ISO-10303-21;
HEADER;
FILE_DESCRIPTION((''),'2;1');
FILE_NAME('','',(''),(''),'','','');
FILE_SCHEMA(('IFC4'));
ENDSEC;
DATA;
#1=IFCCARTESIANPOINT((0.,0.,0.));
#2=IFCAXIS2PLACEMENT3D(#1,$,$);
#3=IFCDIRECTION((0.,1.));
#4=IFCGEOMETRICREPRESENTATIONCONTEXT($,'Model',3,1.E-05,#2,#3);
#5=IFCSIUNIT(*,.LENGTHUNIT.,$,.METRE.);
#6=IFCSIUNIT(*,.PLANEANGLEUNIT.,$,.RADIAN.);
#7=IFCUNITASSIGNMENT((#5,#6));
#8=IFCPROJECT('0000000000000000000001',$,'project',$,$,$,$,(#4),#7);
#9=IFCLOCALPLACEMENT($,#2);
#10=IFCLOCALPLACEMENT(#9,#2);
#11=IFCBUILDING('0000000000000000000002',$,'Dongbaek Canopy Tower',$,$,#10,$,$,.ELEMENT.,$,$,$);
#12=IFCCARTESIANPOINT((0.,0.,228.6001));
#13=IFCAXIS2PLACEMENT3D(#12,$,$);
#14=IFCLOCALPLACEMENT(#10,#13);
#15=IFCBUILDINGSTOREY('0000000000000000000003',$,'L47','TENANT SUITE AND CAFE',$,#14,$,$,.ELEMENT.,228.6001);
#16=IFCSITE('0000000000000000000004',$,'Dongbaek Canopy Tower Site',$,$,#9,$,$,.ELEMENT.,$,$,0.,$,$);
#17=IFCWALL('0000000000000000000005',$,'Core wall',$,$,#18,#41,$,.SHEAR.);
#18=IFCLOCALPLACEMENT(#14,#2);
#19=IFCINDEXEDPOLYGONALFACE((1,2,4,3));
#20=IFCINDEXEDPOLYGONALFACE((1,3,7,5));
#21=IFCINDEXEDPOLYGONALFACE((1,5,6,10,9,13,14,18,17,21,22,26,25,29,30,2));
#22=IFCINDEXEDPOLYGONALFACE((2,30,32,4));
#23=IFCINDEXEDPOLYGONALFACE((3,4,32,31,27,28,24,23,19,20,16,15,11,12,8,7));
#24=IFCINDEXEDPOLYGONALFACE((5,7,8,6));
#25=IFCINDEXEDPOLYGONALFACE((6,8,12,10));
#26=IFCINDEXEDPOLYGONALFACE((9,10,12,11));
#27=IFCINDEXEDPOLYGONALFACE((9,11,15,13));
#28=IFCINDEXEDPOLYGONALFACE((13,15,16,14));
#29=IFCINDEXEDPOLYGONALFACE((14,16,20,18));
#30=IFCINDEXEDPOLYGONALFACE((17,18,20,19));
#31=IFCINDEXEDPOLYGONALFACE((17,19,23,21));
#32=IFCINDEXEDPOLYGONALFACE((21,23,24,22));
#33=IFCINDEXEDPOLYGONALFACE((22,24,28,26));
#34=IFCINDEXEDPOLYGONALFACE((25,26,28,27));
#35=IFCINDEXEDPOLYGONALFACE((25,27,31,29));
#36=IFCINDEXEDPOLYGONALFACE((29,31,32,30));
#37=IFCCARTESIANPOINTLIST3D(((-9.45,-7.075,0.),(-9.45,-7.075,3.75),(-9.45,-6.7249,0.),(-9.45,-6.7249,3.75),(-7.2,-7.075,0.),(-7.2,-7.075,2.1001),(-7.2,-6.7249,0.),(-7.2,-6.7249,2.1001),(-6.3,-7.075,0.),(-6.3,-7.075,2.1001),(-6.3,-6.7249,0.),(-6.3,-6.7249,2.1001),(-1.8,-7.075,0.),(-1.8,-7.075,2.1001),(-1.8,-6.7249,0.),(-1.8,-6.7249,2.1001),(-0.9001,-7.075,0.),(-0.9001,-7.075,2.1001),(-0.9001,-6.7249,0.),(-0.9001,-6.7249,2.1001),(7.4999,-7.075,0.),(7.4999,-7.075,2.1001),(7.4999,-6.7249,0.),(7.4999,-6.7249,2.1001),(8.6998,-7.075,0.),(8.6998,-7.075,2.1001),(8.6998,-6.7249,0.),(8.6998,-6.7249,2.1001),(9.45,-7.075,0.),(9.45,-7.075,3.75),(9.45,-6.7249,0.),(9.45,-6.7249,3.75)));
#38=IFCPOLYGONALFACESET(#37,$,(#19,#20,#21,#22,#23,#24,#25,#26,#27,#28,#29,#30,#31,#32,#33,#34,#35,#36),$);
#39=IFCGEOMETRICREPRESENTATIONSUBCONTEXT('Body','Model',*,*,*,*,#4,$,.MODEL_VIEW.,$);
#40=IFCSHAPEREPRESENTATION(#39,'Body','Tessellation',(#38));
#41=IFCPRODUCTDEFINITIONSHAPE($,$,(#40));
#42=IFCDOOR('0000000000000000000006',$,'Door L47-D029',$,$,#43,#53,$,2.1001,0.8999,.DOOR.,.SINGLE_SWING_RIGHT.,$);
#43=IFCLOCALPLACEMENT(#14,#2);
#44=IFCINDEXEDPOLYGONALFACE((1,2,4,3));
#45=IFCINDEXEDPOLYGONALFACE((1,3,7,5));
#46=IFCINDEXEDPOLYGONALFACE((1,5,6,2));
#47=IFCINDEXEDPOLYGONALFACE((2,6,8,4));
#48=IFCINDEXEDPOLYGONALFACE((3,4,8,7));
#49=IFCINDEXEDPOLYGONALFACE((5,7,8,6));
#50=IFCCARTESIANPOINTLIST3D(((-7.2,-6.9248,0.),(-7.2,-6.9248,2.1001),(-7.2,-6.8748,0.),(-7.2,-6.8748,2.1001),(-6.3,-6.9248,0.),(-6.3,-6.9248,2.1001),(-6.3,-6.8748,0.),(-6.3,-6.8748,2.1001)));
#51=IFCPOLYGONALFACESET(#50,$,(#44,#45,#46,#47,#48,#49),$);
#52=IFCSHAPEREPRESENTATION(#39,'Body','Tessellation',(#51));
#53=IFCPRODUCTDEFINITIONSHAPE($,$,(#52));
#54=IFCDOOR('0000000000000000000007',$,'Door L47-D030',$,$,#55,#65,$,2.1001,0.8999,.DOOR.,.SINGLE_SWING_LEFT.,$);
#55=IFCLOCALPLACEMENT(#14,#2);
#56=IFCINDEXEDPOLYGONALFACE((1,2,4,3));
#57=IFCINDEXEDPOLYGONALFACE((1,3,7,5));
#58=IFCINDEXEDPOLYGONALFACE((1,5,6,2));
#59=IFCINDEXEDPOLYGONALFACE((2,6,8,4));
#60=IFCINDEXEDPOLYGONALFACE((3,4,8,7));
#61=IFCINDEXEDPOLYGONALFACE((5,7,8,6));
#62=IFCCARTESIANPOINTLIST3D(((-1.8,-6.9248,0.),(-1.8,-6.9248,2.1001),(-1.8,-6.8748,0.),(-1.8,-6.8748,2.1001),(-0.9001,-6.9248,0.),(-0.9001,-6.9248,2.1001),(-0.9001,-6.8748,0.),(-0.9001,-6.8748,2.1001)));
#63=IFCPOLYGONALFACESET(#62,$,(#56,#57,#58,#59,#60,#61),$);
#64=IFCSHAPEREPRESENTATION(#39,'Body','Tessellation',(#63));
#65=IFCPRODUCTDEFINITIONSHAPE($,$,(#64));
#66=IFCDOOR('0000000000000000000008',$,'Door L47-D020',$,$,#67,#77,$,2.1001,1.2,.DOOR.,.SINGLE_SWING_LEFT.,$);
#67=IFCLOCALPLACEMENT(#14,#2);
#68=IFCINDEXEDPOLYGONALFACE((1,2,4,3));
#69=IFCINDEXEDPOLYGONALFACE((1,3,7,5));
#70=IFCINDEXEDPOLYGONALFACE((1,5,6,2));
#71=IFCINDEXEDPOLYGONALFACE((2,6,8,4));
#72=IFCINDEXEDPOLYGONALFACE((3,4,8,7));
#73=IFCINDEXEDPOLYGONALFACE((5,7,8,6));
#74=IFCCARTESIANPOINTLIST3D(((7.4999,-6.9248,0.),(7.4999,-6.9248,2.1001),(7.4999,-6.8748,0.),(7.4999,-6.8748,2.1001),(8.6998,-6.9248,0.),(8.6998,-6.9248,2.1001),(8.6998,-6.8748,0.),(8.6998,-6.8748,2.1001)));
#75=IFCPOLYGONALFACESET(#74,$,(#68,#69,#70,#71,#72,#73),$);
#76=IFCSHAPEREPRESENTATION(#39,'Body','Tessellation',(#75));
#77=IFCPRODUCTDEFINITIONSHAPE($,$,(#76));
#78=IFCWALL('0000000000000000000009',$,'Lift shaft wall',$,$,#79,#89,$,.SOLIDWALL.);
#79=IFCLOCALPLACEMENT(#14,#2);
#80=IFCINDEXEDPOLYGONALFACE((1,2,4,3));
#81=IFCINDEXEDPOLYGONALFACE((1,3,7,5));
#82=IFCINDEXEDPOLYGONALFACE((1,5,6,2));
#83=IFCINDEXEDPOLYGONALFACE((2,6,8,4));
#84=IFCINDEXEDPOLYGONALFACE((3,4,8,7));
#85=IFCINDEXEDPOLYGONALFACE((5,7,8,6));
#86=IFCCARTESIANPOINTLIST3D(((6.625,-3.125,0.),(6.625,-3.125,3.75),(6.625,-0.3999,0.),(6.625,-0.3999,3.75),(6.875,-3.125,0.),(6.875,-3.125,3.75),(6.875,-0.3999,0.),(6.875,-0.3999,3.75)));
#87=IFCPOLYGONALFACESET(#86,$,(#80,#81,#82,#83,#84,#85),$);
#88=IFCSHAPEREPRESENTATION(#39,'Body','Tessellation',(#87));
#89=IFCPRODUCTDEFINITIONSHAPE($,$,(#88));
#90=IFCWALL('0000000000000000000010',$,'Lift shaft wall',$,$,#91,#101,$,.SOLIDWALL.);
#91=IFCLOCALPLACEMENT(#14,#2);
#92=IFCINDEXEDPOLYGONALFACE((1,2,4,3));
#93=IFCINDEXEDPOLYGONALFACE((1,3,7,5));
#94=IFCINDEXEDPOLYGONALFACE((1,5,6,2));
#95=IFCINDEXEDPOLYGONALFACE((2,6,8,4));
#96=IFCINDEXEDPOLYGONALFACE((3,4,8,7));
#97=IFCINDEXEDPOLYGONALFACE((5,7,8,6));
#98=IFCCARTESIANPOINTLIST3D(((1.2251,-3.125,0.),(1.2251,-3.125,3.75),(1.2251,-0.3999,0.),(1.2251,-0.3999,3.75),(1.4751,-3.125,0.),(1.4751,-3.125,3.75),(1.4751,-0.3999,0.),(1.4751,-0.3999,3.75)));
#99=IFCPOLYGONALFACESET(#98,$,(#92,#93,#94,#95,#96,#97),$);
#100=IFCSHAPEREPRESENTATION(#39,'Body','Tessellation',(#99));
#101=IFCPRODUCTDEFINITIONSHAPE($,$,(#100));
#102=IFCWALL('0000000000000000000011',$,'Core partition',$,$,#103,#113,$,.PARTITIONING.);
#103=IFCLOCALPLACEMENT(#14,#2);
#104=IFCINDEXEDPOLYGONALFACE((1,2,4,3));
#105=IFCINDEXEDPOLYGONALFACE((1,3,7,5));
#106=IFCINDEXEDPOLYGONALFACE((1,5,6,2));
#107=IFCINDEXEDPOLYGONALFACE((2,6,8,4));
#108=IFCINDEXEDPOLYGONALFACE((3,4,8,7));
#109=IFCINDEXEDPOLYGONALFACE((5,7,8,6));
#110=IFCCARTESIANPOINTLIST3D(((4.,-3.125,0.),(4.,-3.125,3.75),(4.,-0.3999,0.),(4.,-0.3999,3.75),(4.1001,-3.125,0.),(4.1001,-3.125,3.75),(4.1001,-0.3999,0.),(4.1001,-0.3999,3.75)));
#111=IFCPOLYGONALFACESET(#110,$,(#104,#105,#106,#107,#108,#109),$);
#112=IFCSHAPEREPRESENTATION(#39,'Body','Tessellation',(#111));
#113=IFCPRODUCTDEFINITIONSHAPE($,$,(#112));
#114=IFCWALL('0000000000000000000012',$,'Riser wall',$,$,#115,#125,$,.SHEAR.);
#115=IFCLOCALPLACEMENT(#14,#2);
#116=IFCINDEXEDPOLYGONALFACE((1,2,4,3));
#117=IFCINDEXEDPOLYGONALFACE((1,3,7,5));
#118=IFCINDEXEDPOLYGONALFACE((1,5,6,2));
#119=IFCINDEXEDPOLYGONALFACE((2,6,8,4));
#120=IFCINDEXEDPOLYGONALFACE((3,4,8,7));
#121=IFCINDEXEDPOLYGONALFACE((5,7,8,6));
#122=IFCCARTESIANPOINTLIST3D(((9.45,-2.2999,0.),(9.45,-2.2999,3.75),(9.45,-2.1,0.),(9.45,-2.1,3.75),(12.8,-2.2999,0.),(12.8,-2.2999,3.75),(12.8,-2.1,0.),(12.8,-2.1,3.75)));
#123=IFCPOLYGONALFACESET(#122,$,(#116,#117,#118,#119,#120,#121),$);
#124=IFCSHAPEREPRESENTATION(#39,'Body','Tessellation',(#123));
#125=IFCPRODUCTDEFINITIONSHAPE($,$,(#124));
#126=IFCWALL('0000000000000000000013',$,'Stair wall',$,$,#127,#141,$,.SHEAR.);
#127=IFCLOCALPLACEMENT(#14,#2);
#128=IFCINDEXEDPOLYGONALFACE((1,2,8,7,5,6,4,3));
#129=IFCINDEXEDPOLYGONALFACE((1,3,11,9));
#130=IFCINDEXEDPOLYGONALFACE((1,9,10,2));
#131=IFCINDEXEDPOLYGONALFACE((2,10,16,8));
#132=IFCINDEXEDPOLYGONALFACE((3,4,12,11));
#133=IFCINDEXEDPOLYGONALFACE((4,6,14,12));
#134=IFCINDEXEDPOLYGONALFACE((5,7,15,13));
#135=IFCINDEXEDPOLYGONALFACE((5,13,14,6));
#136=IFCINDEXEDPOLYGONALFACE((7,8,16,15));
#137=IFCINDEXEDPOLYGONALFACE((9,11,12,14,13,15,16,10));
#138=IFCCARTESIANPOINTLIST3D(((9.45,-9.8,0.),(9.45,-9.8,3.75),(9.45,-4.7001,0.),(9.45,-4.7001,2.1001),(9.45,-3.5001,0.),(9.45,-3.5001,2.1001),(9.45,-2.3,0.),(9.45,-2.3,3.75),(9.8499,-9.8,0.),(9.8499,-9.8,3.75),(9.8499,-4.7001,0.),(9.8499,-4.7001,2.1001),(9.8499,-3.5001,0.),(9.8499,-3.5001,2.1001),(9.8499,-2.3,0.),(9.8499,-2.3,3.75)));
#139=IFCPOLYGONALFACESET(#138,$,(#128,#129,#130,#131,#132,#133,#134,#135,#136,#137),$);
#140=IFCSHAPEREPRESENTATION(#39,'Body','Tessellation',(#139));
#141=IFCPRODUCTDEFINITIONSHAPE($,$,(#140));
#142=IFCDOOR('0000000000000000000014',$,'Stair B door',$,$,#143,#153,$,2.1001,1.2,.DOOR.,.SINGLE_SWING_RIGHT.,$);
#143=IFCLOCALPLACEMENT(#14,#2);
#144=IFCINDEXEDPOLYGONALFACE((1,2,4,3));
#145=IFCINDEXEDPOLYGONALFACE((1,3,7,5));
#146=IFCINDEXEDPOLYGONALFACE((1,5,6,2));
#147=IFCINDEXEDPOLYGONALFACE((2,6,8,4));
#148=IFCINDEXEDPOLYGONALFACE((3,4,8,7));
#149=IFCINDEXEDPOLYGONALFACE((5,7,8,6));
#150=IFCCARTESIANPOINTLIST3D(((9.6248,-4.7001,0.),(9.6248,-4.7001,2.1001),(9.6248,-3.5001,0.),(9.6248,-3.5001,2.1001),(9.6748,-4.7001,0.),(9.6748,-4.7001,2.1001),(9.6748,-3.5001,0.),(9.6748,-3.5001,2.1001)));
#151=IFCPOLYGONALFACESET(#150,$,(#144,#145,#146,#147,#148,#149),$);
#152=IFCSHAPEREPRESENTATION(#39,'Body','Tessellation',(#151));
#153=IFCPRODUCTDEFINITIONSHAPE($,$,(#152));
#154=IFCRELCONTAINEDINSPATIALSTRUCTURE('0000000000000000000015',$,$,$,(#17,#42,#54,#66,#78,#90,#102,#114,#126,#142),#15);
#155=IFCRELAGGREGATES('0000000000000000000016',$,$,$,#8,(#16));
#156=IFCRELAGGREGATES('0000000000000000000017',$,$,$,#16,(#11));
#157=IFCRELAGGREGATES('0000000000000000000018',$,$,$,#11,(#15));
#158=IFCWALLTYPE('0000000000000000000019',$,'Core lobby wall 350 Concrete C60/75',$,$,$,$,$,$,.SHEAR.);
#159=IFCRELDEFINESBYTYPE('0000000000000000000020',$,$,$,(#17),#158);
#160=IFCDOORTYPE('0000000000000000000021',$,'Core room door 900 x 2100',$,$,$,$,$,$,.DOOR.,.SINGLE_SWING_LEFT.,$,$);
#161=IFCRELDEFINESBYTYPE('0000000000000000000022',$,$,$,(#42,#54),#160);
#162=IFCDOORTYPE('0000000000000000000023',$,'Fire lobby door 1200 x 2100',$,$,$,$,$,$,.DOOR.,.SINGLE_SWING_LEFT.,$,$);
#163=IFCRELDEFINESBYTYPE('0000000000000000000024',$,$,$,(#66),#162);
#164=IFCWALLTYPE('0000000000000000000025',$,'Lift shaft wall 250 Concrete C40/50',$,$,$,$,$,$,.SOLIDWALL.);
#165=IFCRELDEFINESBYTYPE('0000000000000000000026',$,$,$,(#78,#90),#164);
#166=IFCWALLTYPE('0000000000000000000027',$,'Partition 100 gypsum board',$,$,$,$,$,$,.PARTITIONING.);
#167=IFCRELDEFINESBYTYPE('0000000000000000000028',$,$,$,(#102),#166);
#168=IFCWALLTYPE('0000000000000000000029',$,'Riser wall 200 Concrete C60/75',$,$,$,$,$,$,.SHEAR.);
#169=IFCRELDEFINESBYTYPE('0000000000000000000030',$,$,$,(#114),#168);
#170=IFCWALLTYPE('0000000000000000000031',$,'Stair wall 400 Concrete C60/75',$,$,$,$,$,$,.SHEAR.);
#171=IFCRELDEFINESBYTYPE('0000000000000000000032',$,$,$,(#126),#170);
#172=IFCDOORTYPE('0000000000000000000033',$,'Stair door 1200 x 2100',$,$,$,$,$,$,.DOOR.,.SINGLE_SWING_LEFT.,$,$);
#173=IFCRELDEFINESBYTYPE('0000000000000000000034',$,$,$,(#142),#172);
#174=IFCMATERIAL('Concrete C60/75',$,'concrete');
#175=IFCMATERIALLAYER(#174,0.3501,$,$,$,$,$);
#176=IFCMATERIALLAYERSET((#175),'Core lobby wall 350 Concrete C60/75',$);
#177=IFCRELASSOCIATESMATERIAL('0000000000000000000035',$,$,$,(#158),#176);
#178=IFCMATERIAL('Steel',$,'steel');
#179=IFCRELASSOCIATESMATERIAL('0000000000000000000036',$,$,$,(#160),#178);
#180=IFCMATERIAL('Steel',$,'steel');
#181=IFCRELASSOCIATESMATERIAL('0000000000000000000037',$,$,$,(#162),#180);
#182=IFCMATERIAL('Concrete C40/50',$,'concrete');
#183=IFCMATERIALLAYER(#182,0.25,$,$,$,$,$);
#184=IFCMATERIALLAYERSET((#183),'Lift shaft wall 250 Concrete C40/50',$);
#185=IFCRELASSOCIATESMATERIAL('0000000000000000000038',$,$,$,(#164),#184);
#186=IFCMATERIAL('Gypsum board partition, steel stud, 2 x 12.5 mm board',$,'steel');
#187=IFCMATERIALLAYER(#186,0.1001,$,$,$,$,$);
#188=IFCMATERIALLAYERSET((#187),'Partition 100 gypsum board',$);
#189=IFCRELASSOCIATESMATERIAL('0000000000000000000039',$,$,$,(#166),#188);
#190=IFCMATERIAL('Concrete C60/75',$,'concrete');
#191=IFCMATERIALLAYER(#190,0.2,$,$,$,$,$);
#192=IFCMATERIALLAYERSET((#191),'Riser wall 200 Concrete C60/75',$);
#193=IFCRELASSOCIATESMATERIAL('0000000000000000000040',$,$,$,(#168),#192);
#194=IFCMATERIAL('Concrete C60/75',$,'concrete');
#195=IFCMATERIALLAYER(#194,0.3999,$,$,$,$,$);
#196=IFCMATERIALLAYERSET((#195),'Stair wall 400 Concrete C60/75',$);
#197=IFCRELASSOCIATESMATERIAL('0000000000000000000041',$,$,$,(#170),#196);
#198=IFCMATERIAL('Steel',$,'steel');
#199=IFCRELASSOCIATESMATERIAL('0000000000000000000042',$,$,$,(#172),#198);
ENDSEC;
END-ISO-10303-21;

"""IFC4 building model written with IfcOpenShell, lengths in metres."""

from ifc_helpers import new_model, si_unit, direction, frame, frame_2d, origin, place, context, subcontext, project, spatial, rectangle, extrude, material, layer, layer_set, type_object, element, fill, save


model = new_model("IFC4")

# Units and contexts
model_context = context("Model", 3, precision=1e-05, world=origin(), true_north=direction((0.0, 1.0)))
body_context = subcontext(model_context, "Body", "Model", "MODEL_VIEW")
ifc_project = project(units=[si_unit("LENGTHUNIT", "METRE"), si_unit("PLANEANGLEUNIT", "RADIAN")], contexts=[model_context])

# Site, building, storey
site_placement = place(None, origin())
site = spatial("IfcSite", under=ifc_project, at=site_placement, Name="Dongbaek Canopy Tower Site", CompositionType="ELEMENT", RefElevation=0.0)
building_placement = place(site_placement, origin())
building = spatial("IfcBuilding", under=site, at=building_placement, Name="Dongbaek Canopy Tower", CompositionType="ELEMENT")
storey_placement = place(building_placement, frame((0.0, 0.0, 228.6001)))
storey = spatial("IfcBuildingStorey", under=building, at=storey_placement, Name="L47", Description="TENANT SUITE AND CAFE", CompositionType="ELEMENT", Elevation=228.6001)

# Wall, openings, doors
ifc_material_1 = material(Name="Concrete C60/75", Category="concrete")
ifc_layer_1 = layer(ifc_material_1, 0.3501)
ifc_layer_set_1 = layer_set([ifc_layer_1], Name="Core lobby wall 350 Concrete C60/75")
wall_type_1 = type_object("IfcWallType", Name="Core lobby wall 350 Concrete C60/75", PredefinedType="SHEAR", material=ifc_layer_set_1)
wall_1_placement = place(storey_placement, frame((9.45, -6.8999, 0.0), z_axis=(0.0, 0.0, 1.0), x_axis=(-1.0, 0.0, 0.0)))
wall_1 = element("IfcWall", 1, at=wall_1_placement, inside=storey, type_object=wall_type_1, Name="Core wall", PredefinedType="SHEAR", context=body_context, shape_type="SweptSolid", body=[
    extrude(rectangle(XDim=18.8999, YDim=0.3501, at=frame_2d((9.45, 0.0))), origin(), (0.0, 0.0, 1.0), 3.75),
])
opening_1_placement = place(wall_1_placement, frame((0.75, 0.0, 0.0)))
opening_1 = element("IfcOpeningElement", 2, at=opening_1_placement, cuts=wall_1, PredefinedType="OPENING", context=body_context, shape_type="SweptSolid", body=[
    extrude(rectangle(XDim=1.2, YDim=2.1001, at=frame_2d((0.6001, 1.05))), frame((0.0, 0.1851, 0.0), z_axis=(0.0, -1.0, 0.0), x_axis=(1.0, 0.0, 0.0)), (0.0, 0.0, 1.0), 0.3701),
])
opening_2_placement = place(wall_1_placement, frame((15.75, 0.0, 0.0)))
opening_2 = element("IfcOpeningElement", 3, at=opening_2_placement, cuts=wall_1, PredefinedType="OPENING", context=body_context, shape_type="SweptSolid", body=[
    extrude(rectangle(XDim=0.8999, YDim=2.1001, at=frame_2d((0.45, 1.05))), frame((0.0, 0.1851, 0.0), z_axis=(0.0, -1.0, 0.0), x_axis=(1.0, 0.0, 0.0)), (0.0, 0.0, 1.0), 0.3701),
])
opening_3_placement = place(wall_1_placement, frame((10.3501, 0.0, 0.0)))
opening_3 = element("IfcOpeningElement", 4, at=opening_3_placement, cuts=wall_1, PredefinedType="OPENING", context=body_context, shape_type="SweptSolid", body=[
    extrude(rectangle(XDim=0.8999, YDim=2.1001, at=frame_2d((0.45, 1.05))), frame((0.0, 0.1851, 0.0), z_axis=(0.0, -1.0, 0.0), x_axis=(1.0, 0.0, 0.0)), (0.0, 0.0, 1.0), 0.3701),
])
ifc_material_2 = material(Name="Steel", Category="steel")
door_type_1 = type_object("IfcDoorType", Name="Core room door 900 x 2100", OperationType="SINGLE_SWING_LEFT", PredefinedType="DOOR", material=ifc_material_2)
door_1_placement = place(opening_2_placement, origin())
door_1 = element("IfcDoor", 5, at=door_1_placement, inside=storey, type_object=door_type_1, Name="Door L47-D029", OperationType="SINGLE_SWING_RIGHT", OverallHeight=2.1001, OverallWidth=0.8999, PredefinedType="DOOR", context=body_context, shape_type="SweptSolid", body=[
    extrude(rectangle(XDim=0.8999, YDim=2.1001, at=frame_2d((0.45, 1.05))), frame((0.0, 0.0249, 0.0), z_axis=(0.0, -1.0, 0.0), x_axis=(1.0, 0.0, 0.0)), (0.0, 0.0, 1.0), 0.05),
])
fill(opening_2, door_1)
door_2_placement = place(opening_3_placement, origin())
door_2 = element("IfcDoor", 6, at=door_2_placement, inside=storey, type_object=door_type_1, Name="Door L47-D030", OperationType="SINGLE_SWING_LEFT", OverallHeight=2.1001, OverallWidth=0.8999, PredefinedType="DOOR", context=body_context, shape_type="SweptSolid", body=[
    extrude(rectangle(XDim=0.8999, YDim=2.1001, at=frame_2d((0.45, 1.05))), frame((0.0, 0.0249, 0.0), z_axis=(0.0, -1.0, 0.0), x_axis=(1.0, 0.0, 0.0)), (0.0, 0.0, 1.0), 0.05),
])
fill(opening_3, door_2)
ifc_material_3 = material(Name="Steel", Category="steel")
door_type_2 = type_object("IfcDoorType", Name="Fire lobby door 1200 x 2100", OperationType="SINGLE_SWING_LEFT", PredefinedType="DOOR", material=ifc_material_3)
door_3_placement = place(opening_1_placement, origin())
door_3 = element("IfcDoor", 7, at=door_3_placement, inside=storey, type_object=door_type_2, Name="Door L47-D020", OperationType="SINGLE_SWING_LEFT", OverallHeight=2.1001, OverallWidth=1.2, PredefinedType="DOOR", context=body_context, shape_type="SweptSolid", body=[
    extrude(rectangle(XDim=1.2, YDim=2.1001, at=frame_2d((0.6001, 1.05))), frame((0.0, 0.0249, 0.0), z_axis=(0.0, -1.0, 0.0), x_axis=(1.0, 0.0, 0.0)), (0.0, 0.0, 1.0), 0.05),
])
fill(opening_1, door_3)

# Walls
ifc_material_4 = material(Name="Concrete C40/50", Category="concrete")
ifc_layer_2 = layer(ifc_material_4, 0.25)
ifc_layer_set_2 = layer_set([ifc_layer_2], Name="Lift shaft wall 250 Concrete C40/50")
wall_type_2 = type_object("IfcWallType", Name="Lift shaft wall 250 Concrete C40/50", PredefinedType="SOLIDWALL", material=ifc_layer_set_2)
for number, where, z_axis, x_axis, name in (
    (8, (6.75, -3.125, 0.0), (0.0, 0.0, 1.0), (0.0, 1.0, 0.0), "Lift shaft wall"),
    (9, (1.3501, -3.125, 0.0), (0.0, 0.0, 1.0), (0.0, 1.0, 0.0), "Lift shaft wall"),
):
    element("IfcWall", number, at=place(storey_placement, frame(where, z_axis=z_axis, x_axis=x_axis)), inside=storey, type_object=wall_type_2, Name=name, PredefinedType="SOLIDWALL", context=body_context, shape_type="SweptSolid", body=[
        extrude(rectangle(XDim=2.7251, YDim=0.25, at=frame_2d((1.3625, 0.0))), origin(), (0.0, 0.0, 1.0), 3.75),
    ])
ifc_material_5 = material(Name="Gypsum board partition, steel stud, 2 x 12.5 mm board", Category="steel")
ifc_layer_3 = layer(ifc_material_5, 0.1001)
ifc_layer_set_3 = layer_set([ifc_layer_3], Name="Partition 100 gypsum board")
wall_type_3 = type_object("IfcWallType", Name="Partition 100 gypsum board", PredefinedType="PARTITIONING", material=ifc_layer_set_3)
wall_2_placement = place(storey_placement, frame((4.05, -3.125, 0.0), z_axis=(0.0, 0.0, 1.0), x_axis=(0.0, 1.0, 0.0)))
element("IfcWall", 10, at=wall_2_placement, inside=storey, type_object=wall_type_3, Name="Core partition", PredefinedType="PARTITIONING", context=body_context, shape_type="SweptSolid", body=[
    extrude(rectangle(XDim=2.7251, YDim=0.1001, at=frame_2d((1.3625, 0.0))), origin(), (0.0, 0.0, 1.0), 3.75),
])
ifc_material_6 = material(Name="Concrete C60/75", Category="concrete")
ifc_layer_4 = layer(ifc_material_6, 0.2)
ifc_layer_set_4 = layer_set([ifc_layer_4], Name="Riser wall 200 Concrete C60/75")
wall_type_4 = type_object("IfcWallType", Name="Riser wall 200 Concrete C60/75", PredefinedType="SHEAR", material=ifc_layer_set_4)
wall_3_placement = place(storey_placement, frame((9.45, -2.2, 0.0), z_axis=(0.0, 0.0, 1.0), x_axis=(1.0, 0.0, 0.0)))
element("IfcWall", 11, at=wall_3_placement, inside=storey, type_object=wall_type_4, Name="Riser wall", PredefinedType="SHEAR", context=body_context, shape_type="SweptSolid", body=[
    extrude(rectangle(XDim=3.3501, YDim=0.2, at=frame_2d((1.675, 0.0))), origin(), (0.0, 0.0, 1.0), 3.75),
])

# Wall, opening, door
ifc_material_7 = material(Name="Concrete C60/75", Category="concrete")
ifc_layer_5 = layer(ifc_material_7, 0.3999)
ifc_layer_set_5 = layer_set([ifc_layer_5], Name="Stair wall 400 Concrete C60/75")
wall_type_5 = type_object("IfcWallType", Name="Stair wall 400 Concrete C60/75", PredefinedType="SHEAR", material=ifc_layer_set_5)
wall_4_placement = place(storey_placement, frame((9.6499, -2.3, 0.0), z_axis=(0.0, 0.0, 1.0), x_axis=(0.0, -1.0, 0.0)))
wall_4 = element("IfcWall", 12, at=wall_4_placement, inside=storey, type_object=wall_type_5, Name="Stair wall", PredefinedType="SHEAR", context=body_context, shape_type="SweptSolid", body=[
    extrude(rectangle(XDim=7.5, YDim=0.3999, at=frame_2d((3.75, 0.0))), origin(), (0.0, 0.0, 1.0), 3.75),
])
opening_4_placement = place(wall_4_placement, frame((1.2, 0.0, 0.0)))
opening_4 = element("IfcOpeningElement", 13, at=opening_4_placement, cuts=wall_4, PredefinedType="OPENING", context=body_context, shape_type="SweptSolid", body=[
    extrude(rectangle(XDim=1.2, YDim=2.1001, at=frame_2d((0.6001, 1.05))), frame((0.0, 0.21, 0.0), z_axis=(0.0, -1.0, 0.0), x_axis=(1.0, 0.0, 0.0)), (0.0, 0.0, 1.0), 0.4199),
])
ifc_material_8 = material(Name="Steel", Category="steel")
door_type_3 = type_object("IfcDoorType", Name="Stair door 1200 x 2100", OperationType="SINGLE_SWING_LEFT", PredefinedType="DOOR", material=ifc_material_8)
door_4_placement = place(opening_4_placement, origin())
door_4 = element("IfcDoor", 14, at=door_4_placement, inside=storey, type_object=door_type_3, Name="Stair B door", OperationType="SINGLE_SWING_RIGHT", OverallHeight=2.1001, OverallWidth=1.2, PredefinedType="DOOR", context=body_context, shape_type="SweptSolid", body=[
    extrude(rectangle(XDim=1.2, YDim=2.1001, at=frame_2d((0.6001, 1.05))), frame((0.0, 0.0249, 0.0), z_axis=(0.0, -1.0, 0.0), x_axis=(1.0, 0.0, 0.0)), (0.0, 0.0, 1.0), 0.05),
])
fill(opening_4, door_4)

save(model, "model.ifc")
